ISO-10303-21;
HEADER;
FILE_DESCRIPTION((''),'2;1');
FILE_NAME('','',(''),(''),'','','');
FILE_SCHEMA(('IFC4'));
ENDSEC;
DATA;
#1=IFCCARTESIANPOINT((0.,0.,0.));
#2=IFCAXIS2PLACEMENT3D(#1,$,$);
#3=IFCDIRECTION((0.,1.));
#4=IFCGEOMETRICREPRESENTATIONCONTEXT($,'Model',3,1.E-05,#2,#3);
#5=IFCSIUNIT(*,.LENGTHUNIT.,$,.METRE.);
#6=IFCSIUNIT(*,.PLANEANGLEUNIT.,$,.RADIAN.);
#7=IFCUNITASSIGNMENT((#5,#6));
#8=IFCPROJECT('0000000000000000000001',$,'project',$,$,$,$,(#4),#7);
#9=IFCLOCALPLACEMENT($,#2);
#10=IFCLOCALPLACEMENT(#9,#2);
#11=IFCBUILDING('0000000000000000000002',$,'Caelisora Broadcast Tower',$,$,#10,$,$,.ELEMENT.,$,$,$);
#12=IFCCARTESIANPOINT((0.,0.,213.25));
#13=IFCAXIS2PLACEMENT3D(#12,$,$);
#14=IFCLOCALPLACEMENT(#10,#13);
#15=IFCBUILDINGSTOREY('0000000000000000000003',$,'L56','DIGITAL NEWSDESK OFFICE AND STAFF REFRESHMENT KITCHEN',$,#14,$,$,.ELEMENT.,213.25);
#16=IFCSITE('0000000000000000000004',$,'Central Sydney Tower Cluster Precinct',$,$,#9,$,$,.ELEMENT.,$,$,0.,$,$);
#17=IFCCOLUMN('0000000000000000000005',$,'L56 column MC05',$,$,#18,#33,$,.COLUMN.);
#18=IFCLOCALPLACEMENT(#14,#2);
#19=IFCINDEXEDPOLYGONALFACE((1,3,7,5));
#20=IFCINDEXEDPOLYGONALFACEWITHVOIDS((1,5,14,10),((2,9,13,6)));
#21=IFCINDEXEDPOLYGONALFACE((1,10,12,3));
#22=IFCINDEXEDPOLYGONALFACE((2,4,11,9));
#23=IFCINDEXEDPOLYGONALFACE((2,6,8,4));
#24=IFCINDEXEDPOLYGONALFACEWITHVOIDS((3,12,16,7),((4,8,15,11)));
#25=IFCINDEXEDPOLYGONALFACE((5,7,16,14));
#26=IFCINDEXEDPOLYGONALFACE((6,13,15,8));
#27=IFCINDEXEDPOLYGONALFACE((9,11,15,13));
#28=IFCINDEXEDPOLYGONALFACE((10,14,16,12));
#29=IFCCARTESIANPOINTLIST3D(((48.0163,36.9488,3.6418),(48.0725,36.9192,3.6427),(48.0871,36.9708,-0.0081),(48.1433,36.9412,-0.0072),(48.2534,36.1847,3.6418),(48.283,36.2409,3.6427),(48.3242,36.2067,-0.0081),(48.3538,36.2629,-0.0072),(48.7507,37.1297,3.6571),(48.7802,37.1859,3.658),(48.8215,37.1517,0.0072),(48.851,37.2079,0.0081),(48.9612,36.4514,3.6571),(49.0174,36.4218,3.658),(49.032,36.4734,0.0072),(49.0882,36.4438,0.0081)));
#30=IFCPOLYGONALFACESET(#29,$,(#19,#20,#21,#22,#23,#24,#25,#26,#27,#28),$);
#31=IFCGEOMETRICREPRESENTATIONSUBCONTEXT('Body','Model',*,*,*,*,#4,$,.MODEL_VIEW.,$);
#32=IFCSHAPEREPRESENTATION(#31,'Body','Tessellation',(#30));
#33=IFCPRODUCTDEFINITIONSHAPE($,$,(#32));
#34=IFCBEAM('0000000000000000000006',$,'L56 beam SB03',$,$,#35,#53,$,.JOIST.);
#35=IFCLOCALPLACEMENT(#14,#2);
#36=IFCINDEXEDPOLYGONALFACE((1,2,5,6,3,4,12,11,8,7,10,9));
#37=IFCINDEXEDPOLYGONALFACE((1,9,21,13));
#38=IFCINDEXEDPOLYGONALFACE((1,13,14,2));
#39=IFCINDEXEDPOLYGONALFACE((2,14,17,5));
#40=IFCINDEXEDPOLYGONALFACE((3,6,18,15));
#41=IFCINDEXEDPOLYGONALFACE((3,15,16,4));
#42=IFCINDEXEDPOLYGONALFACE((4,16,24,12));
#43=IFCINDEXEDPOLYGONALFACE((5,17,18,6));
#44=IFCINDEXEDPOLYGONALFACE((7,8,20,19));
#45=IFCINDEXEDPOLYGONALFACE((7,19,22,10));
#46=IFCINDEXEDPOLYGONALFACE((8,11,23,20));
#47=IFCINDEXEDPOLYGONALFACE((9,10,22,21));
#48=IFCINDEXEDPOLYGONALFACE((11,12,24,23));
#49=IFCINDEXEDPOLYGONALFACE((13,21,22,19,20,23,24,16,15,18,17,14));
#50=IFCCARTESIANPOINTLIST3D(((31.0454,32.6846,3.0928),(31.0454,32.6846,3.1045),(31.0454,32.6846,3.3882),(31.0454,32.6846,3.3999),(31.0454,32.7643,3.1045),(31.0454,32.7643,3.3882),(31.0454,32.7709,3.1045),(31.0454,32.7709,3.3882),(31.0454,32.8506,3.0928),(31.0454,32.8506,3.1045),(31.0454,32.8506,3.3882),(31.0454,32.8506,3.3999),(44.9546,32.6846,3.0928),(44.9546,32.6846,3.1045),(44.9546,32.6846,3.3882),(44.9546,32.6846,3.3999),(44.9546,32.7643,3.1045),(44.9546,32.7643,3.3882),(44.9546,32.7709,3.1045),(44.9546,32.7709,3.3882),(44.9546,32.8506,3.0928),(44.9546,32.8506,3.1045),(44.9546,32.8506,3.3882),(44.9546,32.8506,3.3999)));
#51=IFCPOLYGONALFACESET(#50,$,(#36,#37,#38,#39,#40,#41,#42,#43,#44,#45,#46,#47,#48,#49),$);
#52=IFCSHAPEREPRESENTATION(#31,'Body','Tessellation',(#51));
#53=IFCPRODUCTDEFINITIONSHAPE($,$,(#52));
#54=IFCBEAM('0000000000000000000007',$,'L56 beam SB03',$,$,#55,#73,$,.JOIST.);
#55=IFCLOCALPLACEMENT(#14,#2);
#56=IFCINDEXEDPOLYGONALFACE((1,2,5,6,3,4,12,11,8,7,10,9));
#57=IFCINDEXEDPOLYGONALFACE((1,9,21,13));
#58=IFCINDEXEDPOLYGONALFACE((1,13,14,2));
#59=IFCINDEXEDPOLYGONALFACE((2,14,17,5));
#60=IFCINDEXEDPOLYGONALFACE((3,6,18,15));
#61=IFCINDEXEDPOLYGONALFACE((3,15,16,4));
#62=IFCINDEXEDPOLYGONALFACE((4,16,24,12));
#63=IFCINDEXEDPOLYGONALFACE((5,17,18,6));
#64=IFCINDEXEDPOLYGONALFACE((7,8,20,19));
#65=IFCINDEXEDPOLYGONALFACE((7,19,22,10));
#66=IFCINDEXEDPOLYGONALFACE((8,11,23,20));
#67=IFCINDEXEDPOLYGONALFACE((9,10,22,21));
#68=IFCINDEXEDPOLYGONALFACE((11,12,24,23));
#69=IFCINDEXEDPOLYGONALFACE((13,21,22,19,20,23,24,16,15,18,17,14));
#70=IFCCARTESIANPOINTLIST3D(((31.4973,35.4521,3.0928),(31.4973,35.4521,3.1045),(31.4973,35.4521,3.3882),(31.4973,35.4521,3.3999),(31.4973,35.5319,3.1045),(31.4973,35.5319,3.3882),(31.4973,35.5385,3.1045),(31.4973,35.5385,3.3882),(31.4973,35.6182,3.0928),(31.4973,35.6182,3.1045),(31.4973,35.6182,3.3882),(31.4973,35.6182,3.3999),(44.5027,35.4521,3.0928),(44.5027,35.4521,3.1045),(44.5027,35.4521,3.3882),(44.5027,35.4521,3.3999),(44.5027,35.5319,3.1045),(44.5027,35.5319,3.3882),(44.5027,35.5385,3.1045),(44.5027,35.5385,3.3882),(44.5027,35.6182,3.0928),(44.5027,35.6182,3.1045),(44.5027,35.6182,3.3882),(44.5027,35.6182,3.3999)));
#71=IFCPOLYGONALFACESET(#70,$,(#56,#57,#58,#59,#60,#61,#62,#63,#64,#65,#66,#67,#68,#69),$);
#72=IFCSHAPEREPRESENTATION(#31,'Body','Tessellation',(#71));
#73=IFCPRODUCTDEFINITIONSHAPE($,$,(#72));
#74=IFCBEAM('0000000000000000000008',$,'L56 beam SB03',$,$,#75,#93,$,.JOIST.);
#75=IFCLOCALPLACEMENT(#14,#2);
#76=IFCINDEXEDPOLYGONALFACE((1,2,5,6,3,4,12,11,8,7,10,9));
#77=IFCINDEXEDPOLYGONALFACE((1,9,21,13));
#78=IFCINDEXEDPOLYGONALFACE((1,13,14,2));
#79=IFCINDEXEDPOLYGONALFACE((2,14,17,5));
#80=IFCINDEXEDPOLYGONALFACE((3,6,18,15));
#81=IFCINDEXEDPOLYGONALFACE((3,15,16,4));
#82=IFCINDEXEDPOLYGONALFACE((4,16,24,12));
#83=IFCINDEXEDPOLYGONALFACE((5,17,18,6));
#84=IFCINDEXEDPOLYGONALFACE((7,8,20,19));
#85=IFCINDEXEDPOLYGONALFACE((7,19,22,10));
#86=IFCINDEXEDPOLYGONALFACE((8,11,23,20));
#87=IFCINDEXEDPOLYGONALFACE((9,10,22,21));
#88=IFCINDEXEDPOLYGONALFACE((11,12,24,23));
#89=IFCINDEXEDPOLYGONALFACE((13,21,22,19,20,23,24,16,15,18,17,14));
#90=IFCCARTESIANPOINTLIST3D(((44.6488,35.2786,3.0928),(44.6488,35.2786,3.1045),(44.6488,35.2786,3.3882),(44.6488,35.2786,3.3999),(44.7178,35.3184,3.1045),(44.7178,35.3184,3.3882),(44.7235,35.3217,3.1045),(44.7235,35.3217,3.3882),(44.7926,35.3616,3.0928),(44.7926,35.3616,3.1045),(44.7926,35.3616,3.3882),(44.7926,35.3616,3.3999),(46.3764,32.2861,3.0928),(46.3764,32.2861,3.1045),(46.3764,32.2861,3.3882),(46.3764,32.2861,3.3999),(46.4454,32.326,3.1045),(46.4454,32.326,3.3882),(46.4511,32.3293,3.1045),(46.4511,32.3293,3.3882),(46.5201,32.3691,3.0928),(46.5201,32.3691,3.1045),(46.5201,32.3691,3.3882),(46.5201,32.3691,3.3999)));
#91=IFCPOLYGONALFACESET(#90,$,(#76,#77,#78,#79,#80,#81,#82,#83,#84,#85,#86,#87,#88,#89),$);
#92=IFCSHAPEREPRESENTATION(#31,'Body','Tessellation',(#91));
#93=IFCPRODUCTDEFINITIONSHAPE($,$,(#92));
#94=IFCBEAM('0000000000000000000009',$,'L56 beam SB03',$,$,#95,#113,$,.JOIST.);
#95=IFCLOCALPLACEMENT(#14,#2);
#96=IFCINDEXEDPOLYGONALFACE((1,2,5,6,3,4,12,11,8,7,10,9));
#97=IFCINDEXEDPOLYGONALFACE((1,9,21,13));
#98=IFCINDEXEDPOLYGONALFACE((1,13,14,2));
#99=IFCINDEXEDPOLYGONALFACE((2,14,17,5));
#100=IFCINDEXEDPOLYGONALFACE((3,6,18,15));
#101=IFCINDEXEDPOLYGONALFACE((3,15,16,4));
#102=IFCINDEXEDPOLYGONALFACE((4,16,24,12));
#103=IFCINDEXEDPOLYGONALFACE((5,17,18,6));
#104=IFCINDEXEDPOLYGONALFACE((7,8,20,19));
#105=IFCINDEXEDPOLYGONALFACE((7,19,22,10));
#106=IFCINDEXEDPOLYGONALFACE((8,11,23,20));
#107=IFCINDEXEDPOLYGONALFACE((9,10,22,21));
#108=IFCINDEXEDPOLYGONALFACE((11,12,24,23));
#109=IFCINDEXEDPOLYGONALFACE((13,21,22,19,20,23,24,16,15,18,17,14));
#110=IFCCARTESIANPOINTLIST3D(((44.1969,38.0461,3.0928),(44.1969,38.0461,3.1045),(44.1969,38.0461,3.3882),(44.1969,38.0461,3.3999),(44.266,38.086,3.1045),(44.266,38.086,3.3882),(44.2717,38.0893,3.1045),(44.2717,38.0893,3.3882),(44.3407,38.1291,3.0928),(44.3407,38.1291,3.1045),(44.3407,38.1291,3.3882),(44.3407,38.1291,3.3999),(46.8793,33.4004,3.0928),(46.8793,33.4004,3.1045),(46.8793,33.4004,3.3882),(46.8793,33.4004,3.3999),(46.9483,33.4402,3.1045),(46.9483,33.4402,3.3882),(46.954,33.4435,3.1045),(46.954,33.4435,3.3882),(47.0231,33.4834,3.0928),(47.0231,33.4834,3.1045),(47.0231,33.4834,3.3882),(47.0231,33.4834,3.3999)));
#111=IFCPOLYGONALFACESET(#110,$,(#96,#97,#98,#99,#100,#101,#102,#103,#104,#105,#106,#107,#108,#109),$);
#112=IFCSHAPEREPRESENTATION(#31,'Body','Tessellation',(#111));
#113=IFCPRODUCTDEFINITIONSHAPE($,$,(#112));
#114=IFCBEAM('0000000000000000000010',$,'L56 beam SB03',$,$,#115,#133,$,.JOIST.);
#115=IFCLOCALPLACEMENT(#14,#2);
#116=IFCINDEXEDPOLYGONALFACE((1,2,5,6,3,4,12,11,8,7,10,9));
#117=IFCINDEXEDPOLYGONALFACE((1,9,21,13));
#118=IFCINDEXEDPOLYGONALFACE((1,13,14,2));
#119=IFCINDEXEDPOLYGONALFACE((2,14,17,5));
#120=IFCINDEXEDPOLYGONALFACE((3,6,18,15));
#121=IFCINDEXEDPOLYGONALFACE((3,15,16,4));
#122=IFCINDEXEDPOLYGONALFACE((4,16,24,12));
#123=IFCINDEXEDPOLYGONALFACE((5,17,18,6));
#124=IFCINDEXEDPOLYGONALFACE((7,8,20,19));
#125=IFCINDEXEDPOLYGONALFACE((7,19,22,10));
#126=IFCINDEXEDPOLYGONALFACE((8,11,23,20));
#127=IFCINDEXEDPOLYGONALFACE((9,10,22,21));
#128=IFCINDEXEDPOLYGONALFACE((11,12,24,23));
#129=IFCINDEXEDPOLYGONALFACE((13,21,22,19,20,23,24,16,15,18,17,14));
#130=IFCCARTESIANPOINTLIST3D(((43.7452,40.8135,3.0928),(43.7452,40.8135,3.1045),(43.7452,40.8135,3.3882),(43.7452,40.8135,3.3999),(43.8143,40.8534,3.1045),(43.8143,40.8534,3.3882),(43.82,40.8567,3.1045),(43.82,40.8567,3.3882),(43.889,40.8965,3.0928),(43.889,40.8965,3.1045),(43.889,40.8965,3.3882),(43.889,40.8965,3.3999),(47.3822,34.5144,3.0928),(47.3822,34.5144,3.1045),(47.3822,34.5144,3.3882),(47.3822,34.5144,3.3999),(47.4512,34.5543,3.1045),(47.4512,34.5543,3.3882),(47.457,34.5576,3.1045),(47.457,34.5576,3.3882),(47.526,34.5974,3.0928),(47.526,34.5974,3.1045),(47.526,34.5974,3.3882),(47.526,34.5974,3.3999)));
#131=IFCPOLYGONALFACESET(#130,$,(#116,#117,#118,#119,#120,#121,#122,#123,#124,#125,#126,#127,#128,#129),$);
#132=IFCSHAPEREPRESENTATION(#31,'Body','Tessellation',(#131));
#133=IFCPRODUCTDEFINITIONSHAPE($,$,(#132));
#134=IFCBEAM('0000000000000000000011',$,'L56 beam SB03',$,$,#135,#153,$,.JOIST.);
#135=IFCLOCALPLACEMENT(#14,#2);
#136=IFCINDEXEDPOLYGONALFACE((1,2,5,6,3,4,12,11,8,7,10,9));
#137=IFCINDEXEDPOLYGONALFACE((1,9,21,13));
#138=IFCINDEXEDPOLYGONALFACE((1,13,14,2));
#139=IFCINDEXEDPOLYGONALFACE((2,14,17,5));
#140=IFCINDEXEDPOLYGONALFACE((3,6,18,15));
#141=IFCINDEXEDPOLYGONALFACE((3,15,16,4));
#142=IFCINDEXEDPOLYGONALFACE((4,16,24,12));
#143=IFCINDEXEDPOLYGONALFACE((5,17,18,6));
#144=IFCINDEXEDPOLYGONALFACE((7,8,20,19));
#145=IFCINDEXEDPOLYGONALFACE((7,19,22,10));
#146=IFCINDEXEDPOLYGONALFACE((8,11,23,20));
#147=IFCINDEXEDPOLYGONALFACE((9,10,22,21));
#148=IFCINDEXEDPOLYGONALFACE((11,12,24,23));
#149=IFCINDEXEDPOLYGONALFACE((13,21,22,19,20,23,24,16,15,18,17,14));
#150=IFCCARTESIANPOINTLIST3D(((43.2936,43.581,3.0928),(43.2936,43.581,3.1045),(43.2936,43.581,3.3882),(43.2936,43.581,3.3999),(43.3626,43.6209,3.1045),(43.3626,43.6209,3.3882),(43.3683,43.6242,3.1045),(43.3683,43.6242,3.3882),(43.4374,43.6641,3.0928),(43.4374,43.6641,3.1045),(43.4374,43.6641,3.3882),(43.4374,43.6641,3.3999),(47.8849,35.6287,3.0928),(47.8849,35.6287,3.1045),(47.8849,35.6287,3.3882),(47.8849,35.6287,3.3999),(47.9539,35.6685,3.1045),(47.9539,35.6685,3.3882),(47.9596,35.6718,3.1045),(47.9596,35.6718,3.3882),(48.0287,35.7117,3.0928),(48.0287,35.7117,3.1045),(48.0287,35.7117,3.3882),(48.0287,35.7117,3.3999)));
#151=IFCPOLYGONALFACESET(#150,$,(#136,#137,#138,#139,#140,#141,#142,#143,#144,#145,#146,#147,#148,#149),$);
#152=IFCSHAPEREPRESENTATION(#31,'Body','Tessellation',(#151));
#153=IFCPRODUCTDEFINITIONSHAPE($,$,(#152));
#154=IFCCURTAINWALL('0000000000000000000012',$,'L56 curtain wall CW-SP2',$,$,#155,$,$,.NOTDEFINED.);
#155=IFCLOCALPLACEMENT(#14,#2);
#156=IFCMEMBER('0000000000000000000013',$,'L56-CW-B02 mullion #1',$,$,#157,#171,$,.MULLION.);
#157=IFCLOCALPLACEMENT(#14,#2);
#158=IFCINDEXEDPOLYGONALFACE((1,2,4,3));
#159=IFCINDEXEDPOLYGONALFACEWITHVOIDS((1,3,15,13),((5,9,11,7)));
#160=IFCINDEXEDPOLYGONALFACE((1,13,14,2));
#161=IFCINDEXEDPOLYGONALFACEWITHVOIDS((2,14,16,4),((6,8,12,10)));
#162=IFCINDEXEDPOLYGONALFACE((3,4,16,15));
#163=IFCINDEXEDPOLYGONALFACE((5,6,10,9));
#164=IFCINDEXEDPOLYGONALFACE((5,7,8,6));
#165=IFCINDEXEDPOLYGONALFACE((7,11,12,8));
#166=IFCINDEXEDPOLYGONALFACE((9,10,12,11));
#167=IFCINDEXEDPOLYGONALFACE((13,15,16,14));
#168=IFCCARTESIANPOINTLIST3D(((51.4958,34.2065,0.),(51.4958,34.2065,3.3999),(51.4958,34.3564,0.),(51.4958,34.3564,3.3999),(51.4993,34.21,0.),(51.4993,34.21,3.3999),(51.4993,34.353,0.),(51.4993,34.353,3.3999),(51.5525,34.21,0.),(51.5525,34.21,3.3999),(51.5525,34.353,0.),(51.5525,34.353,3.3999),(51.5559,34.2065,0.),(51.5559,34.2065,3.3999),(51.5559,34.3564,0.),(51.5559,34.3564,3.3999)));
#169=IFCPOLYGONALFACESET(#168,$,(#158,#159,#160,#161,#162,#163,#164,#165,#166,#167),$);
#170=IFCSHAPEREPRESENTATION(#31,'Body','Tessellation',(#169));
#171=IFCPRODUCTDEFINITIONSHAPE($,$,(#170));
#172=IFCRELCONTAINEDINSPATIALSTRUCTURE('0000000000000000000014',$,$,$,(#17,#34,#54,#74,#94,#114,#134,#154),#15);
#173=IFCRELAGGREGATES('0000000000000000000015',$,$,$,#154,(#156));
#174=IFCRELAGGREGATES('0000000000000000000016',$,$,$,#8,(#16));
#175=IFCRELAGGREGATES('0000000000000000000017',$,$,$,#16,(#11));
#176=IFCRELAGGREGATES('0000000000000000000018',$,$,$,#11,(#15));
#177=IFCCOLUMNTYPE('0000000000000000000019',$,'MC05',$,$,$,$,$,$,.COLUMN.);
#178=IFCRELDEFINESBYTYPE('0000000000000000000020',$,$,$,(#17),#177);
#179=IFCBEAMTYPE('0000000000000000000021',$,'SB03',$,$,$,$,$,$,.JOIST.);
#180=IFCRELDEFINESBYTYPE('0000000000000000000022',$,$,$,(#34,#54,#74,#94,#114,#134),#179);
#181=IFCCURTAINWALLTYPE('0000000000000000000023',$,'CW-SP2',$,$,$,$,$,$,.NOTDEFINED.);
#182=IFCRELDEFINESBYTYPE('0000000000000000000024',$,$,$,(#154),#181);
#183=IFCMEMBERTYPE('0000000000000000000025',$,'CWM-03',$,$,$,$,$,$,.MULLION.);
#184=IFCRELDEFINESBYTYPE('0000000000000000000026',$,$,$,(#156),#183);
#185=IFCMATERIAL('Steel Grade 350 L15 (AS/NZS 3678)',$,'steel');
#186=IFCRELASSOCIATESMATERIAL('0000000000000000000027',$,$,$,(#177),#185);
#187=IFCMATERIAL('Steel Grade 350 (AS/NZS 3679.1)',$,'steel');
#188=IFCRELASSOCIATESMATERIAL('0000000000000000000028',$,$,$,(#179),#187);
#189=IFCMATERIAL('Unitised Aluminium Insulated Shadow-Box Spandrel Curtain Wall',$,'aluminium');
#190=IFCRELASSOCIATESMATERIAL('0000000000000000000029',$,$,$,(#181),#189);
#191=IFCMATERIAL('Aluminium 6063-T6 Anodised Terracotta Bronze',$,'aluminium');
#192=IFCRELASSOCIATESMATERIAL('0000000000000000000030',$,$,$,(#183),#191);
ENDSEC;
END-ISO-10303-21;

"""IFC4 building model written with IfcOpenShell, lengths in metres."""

from ifc_helpers import new_model, si_unit, direction, frame, origin, origin_2d, place, context, subcontext, project, spatial, hollow_rectangle, i_section, extrude, source, transform, mapped, material, material_profile, profile_set, type_object, type_shapes, element, aggregate, save


model = new_model("IFC4")

# Units and contexts
model_context = context("Model", 3, precision=1e-05, world=origin(), true_north=direction((0.0, 1.0)))
body_context = subcontext(model_context, "Body", "Model", "MODEL_VIEW")
ifc_project = project(units=[si_unit("LENGTHUNIT", "METRE"), si_unit("PLANEANGLEUNIT", "RADIAN")], contexts=[model_context])

# Site, building, storey
site_placement = place(None, origin())
site = spatial("IfcSite", under=ifc_project, at=site_placement, Name="Central Sydney Tower Cluster Precinct", CompositionType="ELEMENT", RefElevation=0.0)
building_placement = place(site_placement, origin())
building = spatial("IfcBuilding", under=site, at=building_placement, Name="Caelisora Broadcast Tower", CompositionType="ELEMENT")
storey_placement = place(building_placement, frame((0.0, 0.0, 213.25)))
storey = spatial("IfcBuildingStorey", under=building, at=storey_placement, Name="L56", Description="DIGITAL NEWSDESK OFFICE AND STAFF REFRESHMENT KITCHEN", CompositionType="ELEMENT", Elevation=213.25)

# Column
ifc_material_1 = material(Name="Steel Grade 350 L15 (AS/NZS 3678)", Category="steel")
ifc_material_profile_1 = material_profile(ifc_material_1, hollow_rectangle(XDim=0.8, YDim=0.8, WallThickness=0.0449, at=origin_2d()), Name="Steel Grade 350 L15 (AS/NZS 3678)")
ifc_profile_set_1 = profile_set([ifc_material_profile_1], Name="Steel Grade 350 L15 (AS/NZS 3678)")
column_type = type_object("IfcColumnType", Name="MC05", PredefinedType="COLUMN", material=ifc_profile_set_1)
shared_shape_1 = source(origin(), body_context, "Body", "SweptSolid", [
    extrude(hollow_rectangle(XDim=0.8, YDim=0.8, WallThickness=0.0449, at=origin_2d()), origin(), (0.0, 0.0, 1.0), 3.6506),
])
type_shapes(column_type, [shared_shape_1])
column_placement = place(storey_placement, frame((48.5876, 36.7073, 0.0), z_axis=(-0.019394, -0.006019, 0.999794), x_axis=(0.296399, -0.955064, 0.0)))
element("IfcColumn", 1, at=column_placement, inside=storey, type_object=column_type, Name="L56 column MC05", PredefinedType="COLUMN", context=body_context, shape_type="MappedRepresentation", body=[
    mapped(shared_shape_1, transform((0.0, 0.0, 0.0), scale=1.0)),
])

# Beams
ifc_material_2 = material(Name="Steel Grade 350 (AS/NZS 3679.1)", Category="steel")
ifc_material_profile_2 = material_profile(ifc_material_2, i_section(OverallWidth=0.166, OverallDepth=0.3071, WebThickness=0.0066, FlangeThickness=0.0117, at=origin_2d()), Name="Steel Grade 350 (AS/NZS 3679.1)")
ifc_profile_set_2 = profile_set([ifc_material_profile_2], Name="Steel Grade 350 (AS/NZS 3679.1)")
beam_type = type_object("IfcBeamType", Name="SB03", PredefinedType="JOIST", material=ifc_profile_set_2)
shared_shape_2 = source(origin(), body_context, "Body", "SweptSolid", [
    extrude(i_section(OverallWidth=0.166, OverallDepth=0.3071, WebThickness=0.0066, FlangeThickness=0.0117, at=origin_2d()), origin(), (0.0, 0.0, 1.0), 13.9092),
])
beam_1_placement = place(storey_placement, frame((44.9546, 32.7676, 3.2463), z_axis=(-1.0, 0.0, 0.0), x_axis=(0.0, -1.0, 0.0)))
element("IfcBeam", 2, at=beam_1_placement, inside=storey, type_object=beam_type, Name="L56 beam SB03", PredefinedType="JOIST", context=body_context, shape_type="MappedRepresentation", body=[
    mapped(shared_shape_2, transform((0.0, 0.0, 0.0), scale=1.0)),
])
shared_shape_3 = source(origin(), body_context, "Body", "SweptSolid", [
    extrude(i_section(OverallWidth=0.166, OverallDepth=0.3071, WebThickness=0.0066, FlangeThickness=0.0117, at=origin_2d()), origin(), (0.0, 0.0, 1.0), 13.0054),
])
beam_2_placement = place(storey_placement, frame((44.5027, 35.5352, 3.2463), z_axis=(-1.0, 0.0, 0.0), x_axis=(0.0, -1.0, 0.0)))
element("IfcBeam", 3, at=beam_2_placement, inside=storey, type_object=beam_type, Name="L56 beam SB03", PredefinedType="JOIST", context=body_context, shape_type="MappedRepresentation", body=[
    mapped(shared_shape_3, transform((0.0, 0.0, 0.0), scale=1.0)),
])
shared_shape_4 = source(origin(), body_context, "Body", "SweptSolid", [
    extrude(i_section(OverallWidth=0.166, OverallDepth=0.3071, WebThickness=0.0066, FlangeThickness=0.0117, at=origin_2d()), origin(), (0.0, 0.0, 1.0), 3.4553),
])
beam_3_placement = place(storey_placement, frame((46.4482, 32.3276, 3.2463), z_axis=(-0.499969, 0.866043, 0.0), x_axis=(-0.866043, -0.499969, 0.0)))
element("IfcBeam", 4, at=beam_3_placement, inside=storey, type_object=beam_type, Name="L56 beam SB03", PredefinedType="JOIST", context=body_context, shape_type="MappedRepresentation", body=[
    mapped(shared_shape_4, transform((0.0, 0.0, 0.0), scale=1.0)),
])
shared_shape_5 = source(origin(), body_context, "Body", "SweptSolid", [
    extrude(i_section(OverallWidth=0.166, OverallDepth=0.3071, WebThickness=0.0066, FlangeThickness=0.0117, at=origin_2d()), origin(), (0.0, 0.0, 1.0), 5.3645),
])
beam_4_placement = place(storey_placement, frame((46.9512, 33.4419, 3.2463), z_axis=(-0.500021, 0.866014, 0.0), x_axis=(-0.866014, -0.500021, 0.0)))
element("IfcBeam", 5, at=beam_4_placement, inside=storey, type_object=beam_type, Name="L56 beam SB03", PredefinedType="JOIST", context=body_context, shape_type="MappedRepresentation", body=[
    mapped(shared_shape_5, transform((0.0, 0.0, 0.0), scale=1.0)),
])
shared_shape_6 = source(origin(), body_context, "Body", "SweptSolid", [
    extrude(i_section(OverallWidth=0.166, OverallDepth=0.3071, WebThickness=0.0066, FlangeThickness=0.0117, at=origin_2d()), origin(), (0.0, 0.0, 1.0), 7.2737),
])
beam_5_placement = place(storey_placement, frame((47.4541, 34.5559, 3.2463), z_axis=(-0.50002, 0.866014, 0.0), x_axis=(-0.866014, -0.50002, 0.0)))
element("IfcBeam", 6, at=beam_5_placement, inside=storey, type_object=beam_type, Name="L56 beam SB03", PredefinedType="JOIST", context=body_context, shape_type="MappedRepresentation", body=[
    mapped(shared_shape_6, transform((0.0, 0.0, 0.0), scale=1.0)),
])
shared_shape_7 = source(origin(), body_context, "Body", "SweptSolid", [
    extrude(i_section(OverallWidth=0.166, OverallDepth=0.3071, WebThickness=0.0066, FlangeThickness=0.0117, at=origin_2d()), origin(), (0.0, 0.0, 1.0), 9.1826),
])
type_shapes(beam_type, [shared_shape_2, shared_shape_3, shared_shape_4, shared_shape_5, shared_shape_6, shared_shape_7])
beam_6_placement = place(storey_placement, frame((47.9568, 35.6702, 3.2463), z_axis=(-0.499999, 0.866026, 0.0), x_axis=(-0.866026, -0.499999, 0.0)))
element("IfcBeam", 7, at=beam_6_placement, inside=storey, type_object=beam_type, Name="L56 beam SB03", PredefinedType="JOIST", context=body_context, shape_type="MappedRepresentation", body=[
    mapped(shared_shape_7, transform((0.0, 0.0, 0.0), scale=1.0)),
])

# Curtain wall, member
ifc_material_3 = material(Name="Unitised Aluminium Insulated Shadow-Box Spandrel Curtain Wall", Category="aluminium")
curtain_wall_type = type_object("IfcCurtainWallType", Name="CW-SP2", PredefinedType="NOTDEFINED", material=ifc_material_3)
curtain_wall_placement = place(storey_placement, origin())
curtain_wall = element("IfcCurtainWall", 8, at=curtain_wall_placement, inside=storey, type_object=curtain_wall_type, Name="L56 curtain wall CW-SP2", PredefinedType="NOTDEFINED")
ifc_material_4 = material(Name="Aluminium 6063-T6 Anodised Terracotta Bronze", Category="aluminium")
ifc_material_profile_3 = material_profile(ifc_material_4, hollow_rectangle(XDim=0.0601, YDim=0.1499, WallThickness=0.0034, at=origin_2d()), Name="Aluminium 6063-T6 Anodised Terracotta Bronze")
ifc_profile_set_3 = profile_set([ifc_material_profile_3], Name="Aluminium 6063-T6 Anodised Terracotta Bronze")
member_type = type_object("IfcMemberType", Name="CWM-03", PredefinedType="MULLION", material=ifc_profile_set_3)
shared_shape_8 = source(origin(), body_context, "Body", "SweptSolid", [
    extrude(hollow_rectangle(XDim=0.0601, YDim=0.1499, WallThickness=0.0034, at=origin_2d()), origin(), (0.0, 0.0, 1.0), 3.3999),
])
type_shapes(member_type, [shared_shape_8])
member_placement = place(storey_placement, frame((51.5259, 34.2815, 0.0), z_axis=(0.0, 0.0, 1.0), x_axis=(1.0, 0.0, 0.0)))
member = element("IfcMember", 9, at=member_placement, type_object=member_type, Name="L56-CW-B02 mullion #1", PredefinedType="MULLION", context=body_context, shape_type="MappedRepresentation", body=[
    mapped(shared_shape_8, transform((0.0, 0.0, 0.0), scale=1.0)),
])

aggregate(curtain_wall, [member])

save(model, "model.ifc")
